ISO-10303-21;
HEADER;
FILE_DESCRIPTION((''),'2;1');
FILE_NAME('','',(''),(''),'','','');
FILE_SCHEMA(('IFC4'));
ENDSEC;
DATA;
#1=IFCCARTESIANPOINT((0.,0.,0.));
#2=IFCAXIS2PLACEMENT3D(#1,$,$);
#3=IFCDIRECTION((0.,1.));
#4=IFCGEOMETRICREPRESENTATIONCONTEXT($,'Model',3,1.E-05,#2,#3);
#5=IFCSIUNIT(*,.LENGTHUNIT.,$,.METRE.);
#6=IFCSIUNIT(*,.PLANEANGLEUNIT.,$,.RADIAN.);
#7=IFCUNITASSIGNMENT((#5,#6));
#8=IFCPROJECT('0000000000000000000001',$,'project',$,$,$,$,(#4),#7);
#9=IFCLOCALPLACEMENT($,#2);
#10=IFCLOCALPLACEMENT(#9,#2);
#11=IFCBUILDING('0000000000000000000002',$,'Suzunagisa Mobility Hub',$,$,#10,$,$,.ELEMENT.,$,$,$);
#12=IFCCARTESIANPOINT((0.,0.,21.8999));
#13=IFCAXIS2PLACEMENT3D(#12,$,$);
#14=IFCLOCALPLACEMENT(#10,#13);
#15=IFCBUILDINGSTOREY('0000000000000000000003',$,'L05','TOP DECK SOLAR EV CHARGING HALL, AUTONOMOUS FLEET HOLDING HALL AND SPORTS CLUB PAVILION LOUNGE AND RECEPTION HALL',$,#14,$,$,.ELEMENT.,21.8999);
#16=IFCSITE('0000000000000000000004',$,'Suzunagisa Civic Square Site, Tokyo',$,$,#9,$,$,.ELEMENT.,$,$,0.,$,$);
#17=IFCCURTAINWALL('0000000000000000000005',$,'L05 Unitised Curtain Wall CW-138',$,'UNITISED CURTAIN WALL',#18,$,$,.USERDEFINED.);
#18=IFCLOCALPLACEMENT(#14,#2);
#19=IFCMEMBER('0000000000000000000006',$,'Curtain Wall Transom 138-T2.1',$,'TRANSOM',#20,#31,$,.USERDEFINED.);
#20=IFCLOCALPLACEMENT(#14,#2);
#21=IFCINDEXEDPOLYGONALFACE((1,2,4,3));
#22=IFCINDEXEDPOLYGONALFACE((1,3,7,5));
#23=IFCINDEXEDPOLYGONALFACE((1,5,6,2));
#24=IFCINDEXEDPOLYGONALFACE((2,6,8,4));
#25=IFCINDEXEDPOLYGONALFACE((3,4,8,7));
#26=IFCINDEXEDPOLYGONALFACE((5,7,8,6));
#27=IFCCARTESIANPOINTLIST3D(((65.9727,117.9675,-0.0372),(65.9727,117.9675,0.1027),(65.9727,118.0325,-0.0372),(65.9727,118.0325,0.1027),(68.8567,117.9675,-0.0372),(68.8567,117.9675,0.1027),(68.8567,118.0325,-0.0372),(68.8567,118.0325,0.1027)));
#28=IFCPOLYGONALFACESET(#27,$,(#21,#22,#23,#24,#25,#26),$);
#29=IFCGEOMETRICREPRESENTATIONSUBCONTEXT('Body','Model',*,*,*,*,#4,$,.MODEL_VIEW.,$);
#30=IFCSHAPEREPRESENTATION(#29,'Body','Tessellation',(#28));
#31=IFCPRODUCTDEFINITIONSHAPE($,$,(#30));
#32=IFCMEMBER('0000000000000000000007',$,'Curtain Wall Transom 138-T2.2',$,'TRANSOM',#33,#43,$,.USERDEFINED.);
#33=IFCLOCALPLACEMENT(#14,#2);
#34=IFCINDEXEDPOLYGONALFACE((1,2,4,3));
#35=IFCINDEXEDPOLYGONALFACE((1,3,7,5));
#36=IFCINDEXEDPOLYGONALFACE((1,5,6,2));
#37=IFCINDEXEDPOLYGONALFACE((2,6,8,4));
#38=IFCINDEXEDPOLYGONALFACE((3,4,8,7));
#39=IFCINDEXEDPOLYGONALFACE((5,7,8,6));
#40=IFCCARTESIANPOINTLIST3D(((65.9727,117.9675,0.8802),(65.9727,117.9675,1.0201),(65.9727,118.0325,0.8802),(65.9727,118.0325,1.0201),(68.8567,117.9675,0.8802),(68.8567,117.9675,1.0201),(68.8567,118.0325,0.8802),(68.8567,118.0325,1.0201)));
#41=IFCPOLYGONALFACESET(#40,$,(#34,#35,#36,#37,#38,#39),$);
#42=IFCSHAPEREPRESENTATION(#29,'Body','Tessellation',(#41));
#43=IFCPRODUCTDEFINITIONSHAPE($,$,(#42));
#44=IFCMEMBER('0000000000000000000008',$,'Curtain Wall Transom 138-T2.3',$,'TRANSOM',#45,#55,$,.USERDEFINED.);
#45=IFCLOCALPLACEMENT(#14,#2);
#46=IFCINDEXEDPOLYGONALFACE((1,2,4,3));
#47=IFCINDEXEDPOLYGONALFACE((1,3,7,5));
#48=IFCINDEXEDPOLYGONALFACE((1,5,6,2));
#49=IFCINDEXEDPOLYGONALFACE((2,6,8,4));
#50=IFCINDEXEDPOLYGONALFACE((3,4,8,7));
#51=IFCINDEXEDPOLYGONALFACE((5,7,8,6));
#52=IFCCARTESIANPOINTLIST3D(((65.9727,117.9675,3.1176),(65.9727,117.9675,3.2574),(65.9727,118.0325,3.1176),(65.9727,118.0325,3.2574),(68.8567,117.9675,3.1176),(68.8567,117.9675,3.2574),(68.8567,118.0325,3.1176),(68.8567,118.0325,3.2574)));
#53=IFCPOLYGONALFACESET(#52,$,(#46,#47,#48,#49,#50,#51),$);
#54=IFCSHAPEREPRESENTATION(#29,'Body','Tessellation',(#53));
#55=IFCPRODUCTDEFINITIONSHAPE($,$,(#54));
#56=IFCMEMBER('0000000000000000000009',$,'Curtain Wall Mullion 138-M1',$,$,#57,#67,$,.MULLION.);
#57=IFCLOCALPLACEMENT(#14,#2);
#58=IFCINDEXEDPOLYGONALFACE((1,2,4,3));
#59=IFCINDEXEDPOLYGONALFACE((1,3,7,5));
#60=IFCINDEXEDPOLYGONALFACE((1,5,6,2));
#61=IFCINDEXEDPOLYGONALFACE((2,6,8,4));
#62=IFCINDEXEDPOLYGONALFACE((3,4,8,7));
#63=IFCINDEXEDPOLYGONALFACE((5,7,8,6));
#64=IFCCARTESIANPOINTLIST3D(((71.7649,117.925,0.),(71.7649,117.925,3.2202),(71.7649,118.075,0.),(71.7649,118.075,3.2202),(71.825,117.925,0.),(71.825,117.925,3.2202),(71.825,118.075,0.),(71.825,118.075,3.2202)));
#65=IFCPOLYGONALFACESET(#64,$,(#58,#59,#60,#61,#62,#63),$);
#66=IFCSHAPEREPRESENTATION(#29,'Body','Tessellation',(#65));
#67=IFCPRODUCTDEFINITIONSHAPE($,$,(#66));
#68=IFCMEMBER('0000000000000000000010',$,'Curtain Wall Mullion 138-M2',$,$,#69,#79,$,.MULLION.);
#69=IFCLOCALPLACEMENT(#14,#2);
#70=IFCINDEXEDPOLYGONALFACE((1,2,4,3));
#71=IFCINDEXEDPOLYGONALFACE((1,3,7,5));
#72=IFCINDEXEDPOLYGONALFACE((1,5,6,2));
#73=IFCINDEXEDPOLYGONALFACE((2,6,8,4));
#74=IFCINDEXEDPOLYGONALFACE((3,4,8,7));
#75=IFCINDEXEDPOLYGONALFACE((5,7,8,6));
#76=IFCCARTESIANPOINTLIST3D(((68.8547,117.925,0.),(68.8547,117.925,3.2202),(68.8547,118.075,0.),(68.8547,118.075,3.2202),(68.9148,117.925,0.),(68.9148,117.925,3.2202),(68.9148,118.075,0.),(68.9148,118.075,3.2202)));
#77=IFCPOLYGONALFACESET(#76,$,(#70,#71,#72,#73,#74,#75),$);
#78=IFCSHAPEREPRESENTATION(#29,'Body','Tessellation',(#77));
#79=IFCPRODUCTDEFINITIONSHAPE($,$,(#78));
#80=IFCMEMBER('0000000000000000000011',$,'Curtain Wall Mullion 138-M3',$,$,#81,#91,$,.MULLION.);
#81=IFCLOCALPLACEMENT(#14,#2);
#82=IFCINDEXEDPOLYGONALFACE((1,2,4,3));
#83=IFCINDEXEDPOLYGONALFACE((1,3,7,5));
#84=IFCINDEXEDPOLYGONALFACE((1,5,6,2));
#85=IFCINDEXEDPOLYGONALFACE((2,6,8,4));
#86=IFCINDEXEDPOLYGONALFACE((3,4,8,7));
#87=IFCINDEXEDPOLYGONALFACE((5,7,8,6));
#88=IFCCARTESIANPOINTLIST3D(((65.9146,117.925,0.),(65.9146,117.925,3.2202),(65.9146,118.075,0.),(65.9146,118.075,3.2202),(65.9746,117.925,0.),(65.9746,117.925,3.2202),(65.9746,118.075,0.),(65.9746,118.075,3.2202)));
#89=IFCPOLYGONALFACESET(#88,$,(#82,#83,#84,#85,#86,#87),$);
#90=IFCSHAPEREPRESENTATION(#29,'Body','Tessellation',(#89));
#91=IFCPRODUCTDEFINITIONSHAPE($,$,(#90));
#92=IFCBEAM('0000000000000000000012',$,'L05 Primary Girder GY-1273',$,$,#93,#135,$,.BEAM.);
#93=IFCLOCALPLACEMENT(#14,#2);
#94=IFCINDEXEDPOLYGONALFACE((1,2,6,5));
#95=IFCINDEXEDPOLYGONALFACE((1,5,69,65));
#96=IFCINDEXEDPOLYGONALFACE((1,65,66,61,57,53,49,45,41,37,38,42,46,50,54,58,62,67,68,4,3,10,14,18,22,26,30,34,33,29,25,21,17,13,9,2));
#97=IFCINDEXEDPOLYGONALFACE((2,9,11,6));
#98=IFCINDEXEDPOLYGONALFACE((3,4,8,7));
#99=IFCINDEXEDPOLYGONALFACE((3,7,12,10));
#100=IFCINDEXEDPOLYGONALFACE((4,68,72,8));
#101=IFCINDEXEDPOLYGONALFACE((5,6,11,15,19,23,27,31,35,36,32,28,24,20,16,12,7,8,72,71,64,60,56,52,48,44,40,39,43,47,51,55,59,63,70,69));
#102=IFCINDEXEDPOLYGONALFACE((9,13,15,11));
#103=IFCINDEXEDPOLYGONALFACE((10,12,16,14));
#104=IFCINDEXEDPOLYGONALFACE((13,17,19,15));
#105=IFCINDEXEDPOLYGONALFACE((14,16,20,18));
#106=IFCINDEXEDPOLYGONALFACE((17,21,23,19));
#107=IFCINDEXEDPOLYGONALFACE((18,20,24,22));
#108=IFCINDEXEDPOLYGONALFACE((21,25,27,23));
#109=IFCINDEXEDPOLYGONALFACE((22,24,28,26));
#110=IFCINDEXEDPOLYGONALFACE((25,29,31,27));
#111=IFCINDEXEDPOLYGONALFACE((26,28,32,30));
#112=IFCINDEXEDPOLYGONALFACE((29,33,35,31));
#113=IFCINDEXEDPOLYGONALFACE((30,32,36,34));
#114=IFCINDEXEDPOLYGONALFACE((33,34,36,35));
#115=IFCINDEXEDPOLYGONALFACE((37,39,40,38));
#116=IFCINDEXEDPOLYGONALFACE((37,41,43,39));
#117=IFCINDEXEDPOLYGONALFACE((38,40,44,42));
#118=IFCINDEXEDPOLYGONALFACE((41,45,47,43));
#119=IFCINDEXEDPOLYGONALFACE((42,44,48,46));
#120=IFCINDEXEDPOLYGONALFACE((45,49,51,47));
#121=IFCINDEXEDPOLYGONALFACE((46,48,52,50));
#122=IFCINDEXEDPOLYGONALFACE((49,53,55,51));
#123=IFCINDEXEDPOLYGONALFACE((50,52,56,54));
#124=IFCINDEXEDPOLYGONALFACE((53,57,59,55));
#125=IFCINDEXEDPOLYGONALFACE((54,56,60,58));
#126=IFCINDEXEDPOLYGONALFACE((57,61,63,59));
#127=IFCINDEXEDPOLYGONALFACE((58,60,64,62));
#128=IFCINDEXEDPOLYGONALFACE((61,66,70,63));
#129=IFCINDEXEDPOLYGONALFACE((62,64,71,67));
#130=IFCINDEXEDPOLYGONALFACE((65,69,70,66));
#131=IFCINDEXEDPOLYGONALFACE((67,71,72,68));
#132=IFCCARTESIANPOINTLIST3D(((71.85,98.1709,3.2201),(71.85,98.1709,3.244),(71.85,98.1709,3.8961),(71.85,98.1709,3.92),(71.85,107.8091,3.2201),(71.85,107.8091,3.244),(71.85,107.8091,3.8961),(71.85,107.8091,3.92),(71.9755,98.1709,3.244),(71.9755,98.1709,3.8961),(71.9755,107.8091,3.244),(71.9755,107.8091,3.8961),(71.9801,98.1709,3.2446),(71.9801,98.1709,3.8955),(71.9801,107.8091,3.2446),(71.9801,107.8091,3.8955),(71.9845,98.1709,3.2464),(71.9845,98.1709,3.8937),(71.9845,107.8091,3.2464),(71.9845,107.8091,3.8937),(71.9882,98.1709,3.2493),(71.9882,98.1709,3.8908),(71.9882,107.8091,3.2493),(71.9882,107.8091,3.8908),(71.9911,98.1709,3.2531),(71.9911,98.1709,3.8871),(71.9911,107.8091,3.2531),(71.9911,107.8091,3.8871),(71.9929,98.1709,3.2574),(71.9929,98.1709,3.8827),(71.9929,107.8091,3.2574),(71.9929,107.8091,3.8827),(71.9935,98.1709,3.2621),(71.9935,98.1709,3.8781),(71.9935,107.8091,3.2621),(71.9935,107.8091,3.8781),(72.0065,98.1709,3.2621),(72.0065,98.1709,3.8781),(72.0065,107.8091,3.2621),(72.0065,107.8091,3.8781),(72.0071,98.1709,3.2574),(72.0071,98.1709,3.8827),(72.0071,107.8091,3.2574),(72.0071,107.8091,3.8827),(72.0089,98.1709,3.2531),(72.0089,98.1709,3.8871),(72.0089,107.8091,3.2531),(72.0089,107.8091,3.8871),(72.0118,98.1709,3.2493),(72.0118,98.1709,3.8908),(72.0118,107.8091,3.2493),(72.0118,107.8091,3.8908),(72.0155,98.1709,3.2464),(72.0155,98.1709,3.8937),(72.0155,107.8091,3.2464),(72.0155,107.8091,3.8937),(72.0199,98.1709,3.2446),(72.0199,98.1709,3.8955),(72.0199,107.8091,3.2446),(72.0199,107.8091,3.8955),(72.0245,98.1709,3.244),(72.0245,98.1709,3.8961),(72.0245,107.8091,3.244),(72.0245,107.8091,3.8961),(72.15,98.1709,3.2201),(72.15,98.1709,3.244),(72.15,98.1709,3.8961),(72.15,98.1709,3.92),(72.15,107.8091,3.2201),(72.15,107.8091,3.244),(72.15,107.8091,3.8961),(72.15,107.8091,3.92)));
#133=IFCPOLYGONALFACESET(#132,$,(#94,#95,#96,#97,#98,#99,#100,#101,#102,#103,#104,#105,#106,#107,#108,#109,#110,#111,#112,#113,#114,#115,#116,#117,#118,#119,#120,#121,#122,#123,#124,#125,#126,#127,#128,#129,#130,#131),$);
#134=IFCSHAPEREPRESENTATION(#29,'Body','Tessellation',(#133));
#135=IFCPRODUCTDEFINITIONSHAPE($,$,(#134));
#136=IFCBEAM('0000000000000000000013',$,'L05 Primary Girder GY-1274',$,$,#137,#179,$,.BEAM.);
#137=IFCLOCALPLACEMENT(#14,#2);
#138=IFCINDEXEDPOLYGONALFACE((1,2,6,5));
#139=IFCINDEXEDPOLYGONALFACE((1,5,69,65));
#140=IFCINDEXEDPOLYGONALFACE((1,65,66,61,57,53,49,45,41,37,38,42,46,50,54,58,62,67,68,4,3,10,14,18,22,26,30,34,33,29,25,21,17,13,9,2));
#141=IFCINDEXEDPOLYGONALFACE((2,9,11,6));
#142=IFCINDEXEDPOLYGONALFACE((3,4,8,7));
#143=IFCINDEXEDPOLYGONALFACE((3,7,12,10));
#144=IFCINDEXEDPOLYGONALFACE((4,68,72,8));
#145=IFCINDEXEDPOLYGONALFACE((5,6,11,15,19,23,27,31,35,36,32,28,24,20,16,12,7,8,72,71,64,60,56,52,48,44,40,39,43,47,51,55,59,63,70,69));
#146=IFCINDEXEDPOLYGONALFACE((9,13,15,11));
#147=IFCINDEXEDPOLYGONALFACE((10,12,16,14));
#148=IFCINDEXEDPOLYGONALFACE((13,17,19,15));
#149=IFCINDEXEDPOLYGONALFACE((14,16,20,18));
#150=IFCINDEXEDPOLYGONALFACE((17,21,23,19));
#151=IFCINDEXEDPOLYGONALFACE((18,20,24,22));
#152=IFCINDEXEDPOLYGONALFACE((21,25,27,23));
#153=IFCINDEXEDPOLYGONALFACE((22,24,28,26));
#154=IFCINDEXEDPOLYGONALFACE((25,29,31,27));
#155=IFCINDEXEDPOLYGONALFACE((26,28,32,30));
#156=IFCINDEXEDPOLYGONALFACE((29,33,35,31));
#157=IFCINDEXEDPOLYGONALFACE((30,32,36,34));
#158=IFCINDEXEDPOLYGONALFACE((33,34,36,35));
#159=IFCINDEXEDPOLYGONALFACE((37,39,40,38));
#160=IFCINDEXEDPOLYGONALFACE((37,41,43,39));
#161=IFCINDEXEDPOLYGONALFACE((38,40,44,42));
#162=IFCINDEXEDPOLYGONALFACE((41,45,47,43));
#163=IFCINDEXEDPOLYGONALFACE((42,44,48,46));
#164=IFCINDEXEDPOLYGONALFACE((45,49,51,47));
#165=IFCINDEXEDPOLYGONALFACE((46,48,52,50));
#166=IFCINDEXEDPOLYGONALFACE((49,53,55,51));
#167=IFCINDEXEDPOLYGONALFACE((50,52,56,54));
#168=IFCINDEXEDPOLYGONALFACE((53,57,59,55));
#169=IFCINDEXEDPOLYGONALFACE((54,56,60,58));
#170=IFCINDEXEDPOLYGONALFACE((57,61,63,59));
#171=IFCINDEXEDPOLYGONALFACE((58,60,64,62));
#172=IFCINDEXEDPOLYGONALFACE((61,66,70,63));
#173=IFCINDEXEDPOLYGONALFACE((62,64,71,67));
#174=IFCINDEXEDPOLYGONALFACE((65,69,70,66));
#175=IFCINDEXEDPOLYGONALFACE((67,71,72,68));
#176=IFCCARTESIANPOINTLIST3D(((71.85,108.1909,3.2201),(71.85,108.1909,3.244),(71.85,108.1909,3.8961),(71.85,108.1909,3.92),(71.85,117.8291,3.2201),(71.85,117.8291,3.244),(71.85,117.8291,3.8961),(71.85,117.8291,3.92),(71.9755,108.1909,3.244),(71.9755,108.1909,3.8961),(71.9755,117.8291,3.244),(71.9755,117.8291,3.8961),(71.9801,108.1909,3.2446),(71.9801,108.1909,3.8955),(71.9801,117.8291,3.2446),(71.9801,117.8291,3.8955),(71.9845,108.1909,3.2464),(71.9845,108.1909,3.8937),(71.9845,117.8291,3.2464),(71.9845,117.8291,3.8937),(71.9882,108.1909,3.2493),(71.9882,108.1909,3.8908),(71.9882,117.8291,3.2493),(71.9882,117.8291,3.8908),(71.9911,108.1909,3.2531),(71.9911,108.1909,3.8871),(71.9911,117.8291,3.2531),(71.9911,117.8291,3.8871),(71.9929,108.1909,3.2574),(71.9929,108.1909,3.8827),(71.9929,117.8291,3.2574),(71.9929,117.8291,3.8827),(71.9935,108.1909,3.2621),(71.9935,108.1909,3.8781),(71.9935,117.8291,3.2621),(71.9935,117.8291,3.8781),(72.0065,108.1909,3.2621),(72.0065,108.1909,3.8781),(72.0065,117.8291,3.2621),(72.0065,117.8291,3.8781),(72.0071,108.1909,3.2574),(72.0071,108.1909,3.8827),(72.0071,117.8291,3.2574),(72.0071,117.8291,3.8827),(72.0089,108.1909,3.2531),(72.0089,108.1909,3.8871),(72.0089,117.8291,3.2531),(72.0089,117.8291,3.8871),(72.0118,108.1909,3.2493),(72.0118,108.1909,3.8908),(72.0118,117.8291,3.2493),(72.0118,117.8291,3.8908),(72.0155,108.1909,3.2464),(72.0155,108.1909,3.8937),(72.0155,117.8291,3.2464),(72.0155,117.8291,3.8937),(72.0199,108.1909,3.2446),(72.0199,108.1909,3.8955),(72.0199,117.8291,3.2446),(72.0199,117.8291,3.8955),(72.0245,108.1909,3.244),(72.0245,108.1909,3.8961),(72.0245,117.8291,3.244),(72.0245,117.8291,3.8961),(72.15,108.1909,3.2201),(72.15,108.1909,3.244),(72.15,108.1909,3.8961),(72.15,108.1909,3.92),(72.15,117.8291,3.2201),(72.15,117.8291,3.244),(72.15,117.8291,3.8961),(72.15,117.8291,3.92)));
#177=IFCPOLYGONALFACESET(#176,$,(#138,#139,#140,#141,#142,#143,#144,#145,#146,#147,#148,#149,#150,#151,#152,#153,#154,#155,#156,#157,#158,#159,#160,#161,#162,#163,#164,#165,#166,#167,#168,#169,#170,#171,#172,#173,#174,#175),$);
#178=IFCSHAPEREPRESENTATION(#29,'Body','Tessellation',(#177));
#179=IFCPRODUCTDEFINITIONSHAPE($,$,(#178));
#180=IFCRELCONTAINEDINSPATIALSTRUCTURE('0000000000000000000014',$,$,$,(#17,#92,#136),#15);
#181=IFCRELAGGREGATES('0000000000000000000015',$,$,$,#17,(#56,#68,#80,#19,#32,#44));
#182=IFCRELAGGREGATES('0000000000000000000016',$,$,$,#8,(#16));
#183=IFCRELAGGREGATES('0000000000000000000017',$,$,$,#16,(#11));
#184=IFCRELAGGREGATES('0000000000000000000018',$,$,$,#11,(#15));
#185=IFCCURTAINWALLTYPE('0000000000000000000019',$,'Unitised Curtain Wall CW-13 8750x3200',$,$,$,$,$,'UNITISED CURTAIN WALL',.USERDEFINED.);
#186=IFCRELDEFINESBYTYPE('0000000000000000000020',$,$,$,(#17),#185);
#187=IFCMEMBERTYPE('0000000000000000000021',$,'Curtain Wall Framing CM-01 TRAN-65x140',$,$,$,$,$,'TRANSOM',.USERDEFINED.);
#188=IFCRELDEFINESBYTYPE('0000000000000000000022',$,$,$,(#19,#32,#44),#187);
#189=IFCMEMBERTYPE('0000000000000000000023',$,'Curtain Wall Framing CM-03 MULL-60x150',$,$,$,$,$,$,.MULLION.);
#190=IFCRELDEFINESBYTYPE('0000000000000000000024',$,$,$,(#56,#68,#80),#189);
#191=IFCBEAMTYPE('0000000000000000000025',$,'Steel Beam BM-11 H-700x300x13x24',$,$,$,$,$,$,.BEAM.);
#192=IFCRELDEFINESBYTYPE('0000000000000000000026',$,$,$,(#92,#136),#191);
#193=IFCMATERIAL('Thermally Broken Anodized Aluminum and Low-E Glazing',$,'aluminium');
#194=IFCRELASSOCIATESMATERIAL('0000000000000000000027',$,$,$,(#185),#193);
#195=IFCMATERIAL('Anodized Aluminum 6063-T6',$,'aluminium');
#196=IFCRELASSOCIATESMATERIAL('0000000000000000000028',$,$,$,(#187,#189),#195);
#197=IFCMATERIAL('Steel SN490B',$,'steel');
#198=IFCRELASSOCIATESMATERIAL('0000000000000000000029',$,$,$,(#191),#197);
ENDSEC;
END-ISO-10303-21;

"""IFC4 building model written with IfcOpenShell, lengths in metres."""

from ifc_helpers import new_model, si_unit, direction, frame, origin, origin_2d, place, context, subcontext, project, spatial, rectangle, i_section, extrude, material, material_profile, profile_set, type_object, element, aggregate, save


model = new_model("IFC4")

# Units and contexts
model_context = context("Model", 3, precision=1e-05, world=origin(), true_north=direction((0.0, 1.0)))
body_context = subcontext(model_context, "Body", "Model", "MODEL_VIEW")
ifc_project = project(units=[si_unit("LENGTHUNIT", "METRE"), si_unit("PLANEANGLEUNIT", "RADIAN")], contexts=[model_context])

# Site, building, storey
site_placement = place(None, origin())
site = spatial("IfcSite", under=ifc_project, at=site_placement, Name="Suzunagisa Civic Square Site, Tokyo", CompositionType="ELEMENT", RefElevation=0.0)
building_placement = place(site_placement, origin())
building = spatial("IfcBuilding", under=site, at=building_placement, Name="Suzunagisa Mobility Hub", CompositionType="ELEMENT")
storey_placement = place(building_placement, frame((0.0, 0.0, 21.8999)))
storey = spatial("IfcBuildingStorey", under=building, at=storey_placement, Name="L05", Description="TOP DECK SOLAR EV CHARGING HALL, AUTONOMOUS FLEET HOLDING HALL AND SPORTS CLUB PAVILION LOUNGE AND RECEPTION HALL", CompositionType="ELEMENT", Elevation=21.8999)

# Shared definitions
ifc_material_1 = material(Name="Steel SN490B", Category="steel")

# Curtain wall, members
ifc_material_2 = material(Name="Thermally Broken Anodized Aluminum and Low-E Glazing", Category="aluminium")
curtain_wall_type = type_object("IfcCurtainWallType", Name="Unitised Curtain Wall CW-13 8750x3200", ElementType="UNITISED CURTAIN WALL", PredefinedType="USERDEFINED", material=ifc_material_2)
curtain_wall_placement = place(storey_placement, origin())
curtain_wall = element("IfcCurtainWall", 1, at=curtain_wall_placement, inside=storey, type_object=curtain_wall_type, Name="L05 Unitised Curtain Wall CW-138", ObjectType="UNITISED CURTAIN WALL", PredefinedType="USERDEFINED")
ifc_material_3 = material(Name="Anodized Aluminum 6063-T6", Category="aluminium")
ifc_material_profile_1 = material_profile(ifc_material_3, rectangle(XDim=0.0649, YDim=0.1399, at=origin_2d()), Name="TRAN-65x140")
ifc_profile_set_1 = profile_set([ifc_material_profile_1], Name="Anodized Aluminum 6063-T6")
member_type_1 = type_object("IfcMemberType", Name="Curtain Wall Framing CM-01 TRAN-65x140", ElementType="TRANSOM", PredefinedType="USERDEFINED", material=ifc_profile_set_1)
member_1_placement = place(storey_placement, frame((68.8567, 118.0, 0.0327), z_axis=(-1.0, 0.0, 0.0), x_axis=(0.0, -1.0, 0.0)))
member_1 = element("IfcMember", 2, at=member_1_placement, type_object=member_type_1, Name="Curtain Wall Transom 138-T2.1", ObjectType="TRANSOM", PredefinedType="USERDEFINED", context=body_context, shape_type="SweptSolid", body=[
    extrude(rectangle(XDim=0.0649, YDim=0.1399, at=origin_2d()), origin(), (0.0, 0.0, 1.0), 2.884),
])
member_2_placement = place(storey_placement, frame((68.8567, 118.0, 0.9502), z_axis=(-1.0, 0.0, 0.0), x_axis=(0.0, -1.0, 0.0)))
member_2 = element("IfcMember", 3, at=member_2_placement, type_object=member_type_1, Name="Curtain Wall Transom 138-T2.2", ObjectType="TRANSOM", PredefinedType="USERDEFINED", context=body_context, shape_type="SweptSolid", body=[
    extrude(rectangle(XDim=0.0649, YDim=0.1399, at=origin_2d()), origin(), (0.0, 0.0, 1.0), 2.884),
])
member_3_placement = place(storey_placement, frame((68.8567, 118.0, 3.1875), z_axis=(-1.0, 0.0, 0.0), x_axis=(0.0, -1.0, 0.0)))
member_3 = element("IfcMember", 4, at=member_3_placement, type_object=member_type_1, Name="Curtain Wall Transom 138-T2.3", ObjectType="TRANSOM", PredefinedType="USERDEFINED", context=body_context, shape_type="SweptSolid", body=[
    extrude(rectangle(XDim=0.0649, YDim=0.1399, at=origin_2d()), origin(), (0.0, 0.0, 1.0), 2.884),
])
ifc_material_profile_2 = material_profile(ifc_material_3, rectangle(XDim=0.0601, YDim=0.1499, at=origin_2d()), Name="MULL-60x150")
ifc_profile_set_2 = profile_set([ifc_material_profile_2], Name="Anodized Aluminum 6063-T6")
member_type_2 = type_object("IfcMemberType", Name="Curtain Wall Framing CM-03 MULL-60x150", PredefinedType="MULLION", material=ifc_profile_set_2)
member_4_placement = place(storey_placement, frame((71.7949, 118.0, 0.0), z_axis=(0.0, 0.0, 1.0), x_axis=(-1.0, 0.0, 0.0)))
member_4 = element("IfcMember", 5, at=member_4_placement, type_object=member_type_2, Name="Curtain Wall Mullion 138-M1", PredefinedType="MULLION", context=body_context, shape_type="SweptSolid", body=[
    extrude(rectangle(XDim=0.0601, YDim=0.1499, at=origin_2d()), origin(), (0.0, 0.0, 1.0), 3.2202),
])
member_5_placement = place(storey_placement, frame((68.8848, 118.0, 0.0), z_axis=(0.0, 0.0, 1.0), x_axis=(-1.0, 0.0, 0.0)))
member_5 = element("IfcMember", 6, at=member_5_placement, type_object=member_type_2, Name="Curtain Wall Mullion 138-M2", PredefinedType="MULLION", context=body_context, shape_type="SweptSolid", body=[
    extrude(rectangle(XDim=0.0601, YDim=0.1499, at=origin_2d()), origin(), (0.0, 0.0, 1.0), 3.2202),
])
member_6_placement = place(storey_placement, frame((65.9446, 118.0, 0.0), z_axis=(0.0, 0.0, 1.0), x_axis=(-1.0, 0.0, 0.0)))
member_6 = element("IfcMember", 7, at=member_6_placement, type_object=member_type_2, Name="Curtain Wall Mullion 138-M3", PredefinedType="MULLION", context=body_context, shape_type="SweptSolid", body=[
    extrude(rectangle(XDim=0.0601, YDim=0.1499, at=origin_2d()), origin(), (0.0, 0.0, 1.0), 3.2202),
])

# Beams
ifc_material_profile_3 = material_profile(ifc_material_1, i_section(OverallWidth=0.3, OverallDepth=0.7, WebThickness=0.0129, FlangeThickness=0.0239, FilletRadius=0.0181, at=origin_2d()), Name="H-700x300x13x24")
ifc_profile_set_3 = profile_set([ifc_material_profile_3], Name="Steel SN490B")
beam_type_1 = type_object("IfcBeamType", Name="Steel Beam BM-11 H-700x300x13x24", PredefinedType="BEAM", material=ifc_profile_set_3)
for number, where, z_axis, x_axis, name in (
    (8, (72.0, 98.1709, 3.5701), (0.0, 1.0, 0.0), (-1.0, 0.0, 0.0), "L05 Primary Girder GY-1273"),
    (9, (72.0, 108.1909, 3.5701), (0.0, 1.0, 0.0), (-1.0, 0.0, 0.0), "L05 Primary Girder GY-1274"),
):
    element("IfcBeam", number, at=place(storey_placement, frame(where, z_axis=z_axis, x_axis=x_axis)), inside=storey, type_object=beam_type_1, Name=name, PredefinedType="BEAM", context=body_context, shape_type="SweptSolid", body=[
        extrude(i_section(OverallWidth=0.3, OverallDepth=0.7, WebThickness=0.0129, FlangeThickness=0.0239, FilletRadius=0.0181, at=origin_2d()), origin(), (0.0, 0.0, 1.0), 9.6382),
    ])

aggregate(curtain_wall, [member_4, member_5, member_6, member_1, member_2, member_3])

save(model, "model.ifc")
